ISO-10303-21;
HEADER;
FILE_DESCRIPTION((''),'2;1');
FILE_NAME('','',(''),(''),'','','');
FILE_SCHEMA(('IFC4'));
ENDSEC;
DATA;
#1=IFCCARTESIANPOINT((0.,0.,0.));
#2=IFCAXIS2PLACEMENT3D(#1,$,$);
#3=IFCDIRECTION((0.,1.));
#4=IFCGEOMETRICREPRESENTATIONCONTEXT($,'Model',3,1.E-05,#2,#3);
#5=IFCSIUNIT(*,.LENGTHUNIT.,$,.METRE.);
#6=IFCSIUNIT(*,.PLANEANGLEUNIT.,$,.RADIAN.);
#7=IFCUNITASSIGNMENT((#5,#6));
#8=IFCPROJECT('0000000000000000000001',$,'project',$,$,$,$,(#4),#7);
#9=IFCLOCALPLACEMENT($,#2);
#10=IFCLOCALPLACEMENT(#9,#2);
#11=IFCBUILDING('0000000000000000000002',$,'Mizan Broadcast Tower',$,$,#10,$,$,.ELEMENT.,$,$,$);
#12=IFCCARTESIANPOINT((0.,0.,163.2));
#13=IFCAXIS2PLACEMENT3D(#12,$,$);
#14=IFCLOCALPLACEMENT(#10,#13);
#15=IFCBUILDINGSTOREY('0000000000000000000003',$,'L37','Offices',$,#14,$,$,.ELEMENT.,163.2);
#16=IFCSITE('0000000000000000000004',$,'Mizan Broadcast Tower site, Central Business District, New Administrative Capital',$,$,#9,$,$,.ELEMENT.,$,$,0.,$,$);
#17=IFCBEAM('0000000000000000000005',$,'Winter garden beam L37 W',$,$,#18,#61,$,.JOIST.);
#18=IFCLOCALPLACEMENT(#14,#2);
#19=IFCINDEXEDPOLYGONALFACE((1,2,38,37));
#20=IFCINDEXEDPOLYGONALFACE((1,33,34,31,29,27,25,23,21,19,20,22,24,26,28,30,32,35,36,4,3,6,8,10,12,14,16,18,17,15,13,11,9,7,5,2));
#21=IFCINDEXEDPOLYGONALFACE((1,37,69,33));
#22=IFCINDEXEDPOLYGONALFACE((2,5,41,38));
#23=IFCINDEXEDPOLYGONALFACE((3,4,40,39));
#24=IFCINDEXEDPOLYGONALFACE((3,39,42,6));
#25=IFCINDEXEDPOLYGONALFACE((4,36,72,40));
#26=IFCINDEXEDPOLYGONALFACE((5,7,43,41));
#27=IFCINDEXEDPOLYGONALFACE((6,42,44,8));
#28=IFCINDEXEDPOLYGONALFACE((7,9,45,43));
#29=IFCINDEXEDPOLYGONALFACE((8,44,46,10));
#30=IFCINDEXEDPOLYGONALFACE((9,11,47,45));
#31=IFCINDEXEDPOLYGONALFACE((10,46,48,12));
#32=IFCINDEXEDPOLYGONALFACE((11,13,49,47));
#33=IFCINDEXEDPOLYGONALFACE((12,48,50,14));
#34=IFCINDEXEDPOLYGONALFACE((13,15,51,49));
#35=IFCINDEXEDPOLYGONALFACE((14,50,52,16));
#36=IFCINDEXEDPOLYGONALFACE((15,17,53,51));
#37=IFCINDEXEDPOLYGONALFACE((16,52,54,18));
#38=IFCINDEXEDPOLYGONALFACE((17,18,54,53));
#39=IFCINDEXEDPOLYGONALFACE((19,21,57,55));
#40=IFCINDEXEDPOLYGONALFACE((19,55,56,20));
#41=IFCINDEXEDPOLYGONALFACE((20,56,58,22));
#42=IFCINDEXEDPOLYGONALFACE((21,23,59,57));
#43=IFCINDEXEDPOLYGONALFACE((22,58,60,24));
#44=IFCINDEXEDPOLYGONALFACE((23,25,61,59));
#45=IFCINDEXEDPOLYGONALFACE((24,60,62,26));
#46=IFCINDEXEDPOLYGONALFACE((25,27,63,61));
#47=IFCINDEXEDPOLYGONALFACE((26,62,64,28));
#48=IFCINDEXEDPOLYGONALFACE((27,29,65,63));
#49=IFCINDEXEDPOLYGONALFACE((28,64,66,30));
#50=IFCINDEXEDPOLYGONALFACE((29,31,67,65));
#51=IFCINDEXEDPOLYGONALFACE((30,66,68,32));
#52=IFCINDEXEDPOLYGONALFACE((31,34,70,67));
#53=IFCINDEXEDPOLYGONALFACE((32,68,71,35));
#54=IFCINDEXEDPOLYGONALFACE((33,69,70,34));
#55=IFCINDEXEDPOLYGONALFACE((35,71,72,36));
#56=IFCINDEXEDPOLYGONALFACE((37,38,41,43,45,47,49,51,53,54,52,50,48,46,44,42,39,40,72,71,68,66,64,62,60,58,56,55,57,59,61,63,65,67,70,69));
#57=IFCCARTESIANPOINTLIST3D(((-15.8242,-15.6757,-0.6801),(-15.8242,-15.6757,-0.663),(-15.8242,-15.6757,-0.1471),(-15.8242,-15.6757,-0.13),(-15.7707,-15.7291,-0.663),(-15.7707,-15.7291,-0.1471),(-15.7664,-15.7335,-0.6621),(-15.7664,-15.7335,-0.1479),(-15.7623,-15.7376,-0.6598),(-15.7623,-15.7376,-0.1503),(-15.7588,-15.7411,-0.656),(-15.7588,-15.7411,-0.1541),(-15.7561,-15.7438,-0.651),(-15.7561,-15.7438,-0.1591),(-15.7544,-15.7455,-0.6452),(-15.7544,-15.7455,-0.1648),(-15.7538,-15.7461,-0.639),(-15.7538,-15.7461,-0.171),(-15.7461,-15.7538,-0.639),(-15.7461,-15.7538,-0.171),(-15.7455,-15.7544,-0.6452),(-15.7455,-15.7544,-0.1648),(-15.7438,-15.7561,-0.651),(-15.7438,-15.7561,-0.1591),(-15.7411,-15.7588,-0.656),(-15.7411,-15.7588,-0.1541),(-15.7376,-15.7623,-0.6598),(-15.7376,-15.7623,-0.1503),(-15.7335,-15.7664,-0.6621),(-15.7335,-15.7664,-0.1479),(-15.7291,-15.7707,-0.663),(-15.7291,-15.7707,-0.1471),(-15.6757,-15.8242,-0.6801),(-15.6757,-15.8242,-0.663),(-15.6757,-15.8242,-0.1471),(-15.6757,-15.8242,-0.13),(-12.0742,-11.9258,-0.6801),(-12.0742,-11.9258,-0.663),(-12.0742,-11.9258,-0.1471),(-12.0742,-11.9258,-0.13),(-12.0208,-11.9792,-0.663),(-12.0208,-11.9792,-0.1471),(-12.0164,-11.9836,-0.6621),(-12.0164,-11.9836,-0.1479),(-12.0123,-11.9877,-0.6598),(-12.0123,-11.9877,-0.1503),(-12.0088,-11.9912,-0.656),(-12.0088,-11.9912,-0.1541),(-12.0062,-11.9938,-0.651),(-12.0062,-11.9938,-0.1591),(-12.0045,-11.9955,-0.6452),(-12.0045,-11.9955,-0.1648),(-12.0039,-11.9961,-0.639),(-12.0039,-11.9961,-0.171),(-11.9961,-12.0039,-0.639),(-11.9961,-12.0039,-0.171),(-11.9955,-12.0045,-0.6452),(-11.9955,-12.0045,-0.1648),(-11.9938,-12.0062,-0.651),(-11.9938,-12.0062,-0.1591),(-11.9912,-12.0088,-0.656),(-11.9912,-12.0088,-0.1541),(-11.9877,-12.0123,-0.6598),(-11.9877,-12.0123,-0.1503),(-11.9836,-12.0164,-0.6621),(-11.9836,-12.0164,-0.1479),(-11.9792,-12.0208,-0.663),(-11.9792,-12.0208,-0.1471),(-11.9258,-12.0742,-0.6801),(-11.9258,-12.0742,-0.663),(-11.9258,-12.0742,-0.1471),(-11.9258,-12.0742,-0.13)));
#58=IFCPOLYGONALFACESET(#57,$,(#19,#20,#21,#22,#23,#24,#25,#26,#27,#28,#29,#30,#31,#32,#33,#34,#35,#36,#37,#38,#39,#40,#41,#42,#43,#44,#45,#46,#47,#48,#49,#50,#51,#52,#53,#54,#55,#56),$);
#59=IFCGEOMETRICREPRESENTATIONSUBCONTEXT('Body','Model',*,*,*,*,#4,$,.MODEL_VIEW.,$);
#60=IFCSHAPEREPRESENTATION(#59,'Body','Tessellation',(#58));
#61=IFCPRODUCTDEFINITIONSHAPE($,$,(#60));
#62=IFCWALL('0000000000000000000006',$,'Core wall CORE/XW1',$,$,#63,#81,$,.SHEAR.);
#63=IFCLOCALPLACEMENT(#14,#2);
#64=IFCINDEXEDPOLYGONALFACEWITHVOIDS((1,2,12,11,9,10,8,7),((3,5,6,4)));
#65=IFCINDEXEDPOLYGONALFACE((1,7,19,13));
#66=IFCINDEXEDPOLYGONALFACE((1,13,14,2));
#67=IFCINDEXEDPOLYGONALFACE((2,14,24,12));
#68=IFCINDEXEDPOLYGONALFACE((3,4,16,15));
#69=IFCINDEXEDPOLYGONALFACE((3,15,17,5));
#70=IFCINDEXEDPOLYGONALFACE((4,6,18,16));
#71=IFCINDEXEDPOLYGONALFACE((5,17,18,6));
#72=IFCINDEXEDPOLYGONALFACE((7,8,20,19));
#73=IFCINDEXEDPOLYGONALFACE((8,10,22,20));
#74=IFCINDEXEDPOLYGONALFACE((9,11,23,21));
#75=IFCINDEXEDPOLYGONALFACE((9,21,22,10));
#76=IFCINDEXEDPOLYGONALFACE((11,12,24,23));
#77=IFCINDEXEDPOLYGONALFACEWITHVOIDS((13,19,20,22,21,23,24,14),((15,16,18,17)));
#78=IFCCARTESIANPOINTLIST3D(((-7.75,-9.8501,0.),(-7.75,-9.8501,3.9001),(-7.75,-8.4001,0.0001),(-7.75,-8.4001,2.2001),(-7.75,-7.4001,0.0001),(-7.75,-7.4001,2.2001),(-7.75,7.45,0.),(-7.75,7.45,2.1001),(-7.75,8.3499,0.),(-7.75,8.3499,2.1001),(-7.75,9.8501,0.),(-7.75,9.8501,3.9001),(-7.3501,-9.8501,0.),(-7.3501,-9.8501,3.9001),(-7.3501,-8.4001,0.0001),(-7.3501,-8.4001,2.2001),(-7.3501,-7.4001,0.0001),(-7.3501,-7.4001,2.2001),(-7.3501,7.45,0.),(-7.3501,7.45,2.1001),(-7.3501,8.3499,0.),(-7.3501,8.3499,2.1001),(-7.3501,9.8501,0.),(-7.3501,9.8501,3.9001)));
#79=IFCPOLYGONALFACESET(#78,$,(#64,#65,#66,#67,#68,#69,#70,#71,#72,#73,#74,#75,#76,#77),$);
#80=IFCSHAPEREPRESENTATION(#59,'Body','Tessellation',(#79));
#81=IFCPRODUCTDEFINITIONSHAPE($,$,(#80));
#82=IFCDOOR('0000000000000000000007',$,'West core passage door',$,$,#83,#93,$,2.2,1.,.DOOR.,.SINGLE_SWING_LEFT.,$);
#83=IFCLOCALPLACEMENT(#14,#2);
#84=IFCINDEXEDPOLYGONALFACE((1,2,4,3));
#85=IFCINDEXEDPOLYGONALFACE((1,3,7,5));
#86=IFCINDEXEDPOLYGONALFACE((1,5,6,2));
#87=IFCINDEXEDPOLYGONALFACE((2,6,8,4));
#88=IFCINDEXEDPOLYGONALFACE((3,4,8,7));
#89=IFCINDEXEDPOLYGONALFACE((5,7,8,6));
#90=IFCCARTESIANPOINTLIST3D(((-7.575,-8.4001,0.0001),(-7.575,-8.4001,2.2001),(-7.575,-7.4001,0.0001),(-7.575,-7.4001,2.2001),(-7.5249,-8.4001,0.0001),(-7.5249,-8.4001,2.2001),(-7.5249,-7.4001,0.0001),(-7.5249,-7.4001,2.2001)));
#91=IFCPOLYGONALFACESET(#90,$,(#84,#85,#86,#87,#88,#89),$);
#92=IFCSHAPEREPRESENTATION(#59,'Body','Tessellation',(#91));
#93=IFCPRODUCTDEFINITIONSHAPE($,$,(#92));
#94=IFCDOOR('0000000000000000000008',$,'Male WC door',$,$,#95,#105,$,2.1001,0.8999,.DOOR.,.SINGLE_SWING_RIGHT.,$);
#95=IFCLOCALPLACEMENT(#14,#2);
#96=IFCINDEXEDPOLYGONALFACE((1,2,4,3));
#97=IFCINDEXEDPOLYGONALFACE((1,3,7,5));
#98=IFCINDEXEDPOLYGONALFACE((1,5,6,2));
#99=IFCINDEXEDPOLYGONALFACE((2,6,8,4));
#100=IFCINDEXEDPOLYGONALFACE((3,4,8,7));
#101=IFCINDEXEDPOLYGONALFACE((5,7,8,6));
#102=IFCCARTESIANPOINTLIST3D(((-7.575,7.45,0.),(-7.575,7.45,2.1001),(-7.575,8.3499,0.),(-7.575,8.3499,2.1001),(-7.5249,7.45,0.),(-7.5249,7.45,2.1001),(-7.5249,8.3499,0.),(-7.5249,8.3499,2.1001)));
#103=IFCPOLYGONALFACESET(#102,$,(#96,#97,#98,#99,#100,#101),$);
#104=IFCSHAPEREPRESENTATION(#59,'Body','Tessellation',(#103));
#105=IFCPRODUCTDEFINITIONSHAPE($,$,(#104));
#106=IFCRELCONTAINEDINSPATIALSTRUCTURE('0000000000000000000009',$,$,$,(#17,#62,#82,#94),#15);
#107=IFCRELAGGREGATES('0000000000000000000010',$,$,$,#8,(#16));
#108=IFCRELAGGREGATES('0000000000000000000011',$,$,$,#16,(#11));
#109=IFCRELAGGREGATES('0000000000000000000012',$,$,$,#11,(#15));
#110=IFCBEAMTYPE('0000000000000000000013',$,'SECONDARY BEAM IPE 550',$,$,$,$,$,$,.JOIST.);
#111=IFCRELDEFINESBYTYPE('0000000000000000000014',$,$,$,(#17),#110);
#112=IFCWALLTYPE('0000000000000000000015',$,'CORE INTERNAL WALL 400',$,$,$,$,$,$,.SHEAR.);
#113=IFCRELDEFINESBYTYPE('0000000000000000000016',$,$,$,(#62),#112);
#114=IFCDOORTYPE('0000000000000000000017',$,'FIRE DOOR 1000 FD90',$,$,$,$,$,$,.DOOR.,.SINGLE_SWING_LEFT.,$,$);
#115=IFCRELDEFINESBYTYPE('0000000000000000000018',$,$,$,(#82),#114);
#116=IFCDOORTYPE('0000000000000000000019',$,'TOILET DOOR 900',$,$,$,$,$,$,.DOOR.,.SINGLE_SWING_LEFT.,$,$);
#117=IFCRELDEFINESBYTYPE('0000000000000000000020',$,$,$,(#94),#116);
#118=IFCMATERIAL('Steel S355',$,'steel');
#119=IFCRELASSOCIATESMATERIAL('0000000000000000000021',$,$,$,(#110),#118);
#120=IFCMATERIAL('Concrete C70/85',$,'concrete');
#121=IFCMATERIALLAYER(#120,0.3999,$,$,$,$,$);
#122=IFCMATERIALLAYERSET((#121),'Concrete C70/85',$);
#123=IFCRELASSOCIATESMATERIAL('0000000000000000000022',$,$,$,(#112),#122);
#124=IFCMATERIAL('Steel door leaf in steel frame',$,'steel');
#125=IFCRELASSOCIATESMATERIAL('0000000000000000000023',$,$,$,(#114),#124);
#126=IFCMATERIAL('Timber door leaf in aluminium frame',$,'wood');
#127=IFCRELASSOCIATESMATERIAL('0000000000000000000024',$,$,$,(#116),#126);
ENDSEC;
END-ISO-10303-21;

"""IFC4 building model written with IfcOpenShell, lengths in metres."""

from ifc_helpers import new_model, si_unit, direction, frame, frame_2d, origin, origin_2d, place, context, subcontext, project, spatial, rectangle, i_section, extrude, material, layer, layer_set, material_profile, profile_set, type_object, element, fill, save


model = new_model("IFC4")

# Units and contexts
model_context = context("Model", 3, precision=1e-05, world=origin(), true_north=direction((0.0, 1.0)))
body_context = subcontext(model_context, "Body", "Model", "MODEL_VIEW")
ifc_project = project(units=[si_unit("LENGTHUNIT", "METRE"), si_unit("PLANEANGLEUNIT", "RADIAN")], contexts=[model_context])

# Site, building, storey
site_placement = place(None, origin())
site = spatial("IfcSite", under=ifc_project, at=site_placement, Name="Mizan Broadcast Tower site, Central Business District, New Administrative Capital", CompositionType="ELEMENT", RefElevation=0.0)
building_placement = place(site_placement, origin())
building = spatial("IfcBuilding", under=site, at=building_placement, Name="Mizan Broadcast Tower", CompositionType="ELEMENT")
storey_placement = place(building_placement, frame((0.0, 0.0, 163.2)))
storey = spatial("IfcBuildingStorey", under=building, at=storey_placement, Name="L37", Description="Offices", CompositionType="ELEMENT", Elevation=163.2)

# Beam
ifc_material_1 = material(Name="Steel S355", Category="steel")
ifc_material_profile_1 = material_profile(ifc_material_1, i_section(OverallWidth=0.21, OverallDepth=0.55, WebThickness=0.011, FlangeThickness=0.0171, FilletRadius=0.0239, at=origin_2d()), Name="IPE 550")
ifc_profile_set_1 = profile_set([ifc_material_profile_1], Name="Steel S355")
beam_type_1 = type_object("IfcBeamType", Name="SECONDARY BEAM IPE 550", PredefinedType="JOIST", material=ifc_profile_set_1)
beam_1_placement = place(storey_placement, frame((-12.0, -12.0, -0.405), z_axis=(-0.707107, -0.707107, 0.0), x_axis=(0.707107, -0.707107, 0.0)))
element("IfcBeam", 1, at=beam_1_placement, inside=storey, type_object=beam_type_1, Name="Winter garden beam L37 W", PredefinedType="JOIST", context=body_context, shape_type="SweptSolid", body=[
    extrude(i_section(OverallWidth=0.21, OverallDepth=0.55, WebThickness=0.011, FlangeThickness=0.0171, FilletRadius=0.0239, at=origin_2d()), origin(), (0.0, 0.0, 1.0), 5.3032),
])

# Wall, openings, doors
ifc_material_2 = material(Name="Concrete C70/85", Category="concrete")
ifc_layer_1 = layer(ifc_material_2, 0.3999)
ifc_layer_set_1 = layer_set([ifc_layer_1], Name="Concrete C70/85")
wall_type_1 = type_object("IfcWallType", Name="CORE INTERNAL WALL 400", PredefinedType="SHEAR", material=ifc_layer_set_1)
wall_1_placement = place(storey_placement, frame((-7.55, -9.8501, 0.0), z_axis=(0.0, 0.0, 1.0), x_axis=(0.0, 1.0, 0.0)))
wall_1 = element("IfcWall", 2, at=wall_1_placement, inside=storey, type_object=wall_type_1, Name="Core wall CORE/XW1", PredefinedType="SHEAR", context=body_context, shape_type="SweptSolid", body=[
    extrude(rectangle(XDim=19.7002, YDim=0.3999, at=frame_2d((9.8501, 0.0))), origin(), (0.0, 0.0, 1.0), 3.9001),
])
opening_1_placement = place(wall_1_placement, frame((1.45, 0.0, 0.0)))
opening_1 = element("IfcOpeningElement", 3, at=opening_1_placement, cuts=wall_1, PredefinedType="OPENING", context=body_context, shape_type="SweptSolid", body=[
    extrude(rectangle(XDim=1.0, YDim=2.2, at=frame_2d((0.5, 1.1001))), frame((0.0, 0.21, 0.0), z_axis=(0.0, -1.0, 0.0), x_axis=(1.0, 0.0, 0.0)), (0.0, 0.0, 1.0), 0.4199),
])
opening_2_placement = place(wall_1_placement, frame((17.3, 0.0, 0.0)))
opening_2 = element("IfcOpeningElement", 4, at=opening_2_placement, cuts=wall_1, PredefinedType="OPENING", context=body_context, shape_type="SweptSolid", body=[
    extrude(rectangle(XDim=0.8999, YDim=2.1001, at=frame_2d((0.45, 1.05))), frame((0.0, 0.21, 0.0), z_axis=(0.0, -1.0, 0.0), x_axis=(1.0, 0.0, 0.0)), (0.0, 0.0, 1.0), 0.4199),
])
ifc_material_3 = material(Name="Steel door leaf in steel frame", Category="steel")
door_type_1 = type_object("IfcDoorType", Name="FIRE DOOR 1000 FD90", OperationType="SINGLE_SWING_LEFT", PredefinedType="DOOR", material=ifc_material_3)
door_1_placement = place(opening_1_placement, origin())
door_1 = element("IfcDoor", 5, at=door_1_placement, inside=storey, type_object=door_type_1, Name="West core passage door", OperationType="SINGLE_SWING_LEFT", OverallHeight=2.2, OverallWidth=1.0, PredefinedType="DOOR", context=body_context, shape_type="SweptSolid", body=[
    extrude(rectangle(XDim=1.0, YDim=2.2, at=frame_2d((0.5, 1.1001))), frame((0.0, 0.0249, 0.0), z_axis=(0.0, -1.0, 0.0), x_axis=(1.0, 0.0, 0.0)), (0.0, 0.0, 1.0), 0.05),
])
fill(opening_1, door_1)
ifc_material_4 = material(Name="Timber door leaf in aluminium frame", Category="wood")
door_type_2 = type_object("IfcDoorType", Name="TOILET DOOR 900", OperationType="SINGLE_SWING_LEFT", PredefinedType="DOOR", material=ifc_material_4)
door_2_placement = place(opening_2_placement, origin())
door_2 = element("IfcDoor", 6, at=door_2_placement, inside=storey, type_object=door_type_2, Name="Male WC door", OperationType="SINGLE_SWING_RIGHT", OverallHeight=2.1001, OverallWidth=0.8999, PredefinedType="DOOR", context=body_context, shape_type="SweptSolid", body=[
    extrude(rectangle(XDim=0.8999, YDim=2.1001, at=frame_2d((0.45, 1.05))), frame((0.0, 0.0249, 0.0), z_axis=(0.0, -1.0, 0.0), x_axis=(1.0, 0.0, 0.0)), (0.0, 0.0, 1.0), 0.05),
])
fill(opening_2, door_2)

save(model, "model.ifc")
